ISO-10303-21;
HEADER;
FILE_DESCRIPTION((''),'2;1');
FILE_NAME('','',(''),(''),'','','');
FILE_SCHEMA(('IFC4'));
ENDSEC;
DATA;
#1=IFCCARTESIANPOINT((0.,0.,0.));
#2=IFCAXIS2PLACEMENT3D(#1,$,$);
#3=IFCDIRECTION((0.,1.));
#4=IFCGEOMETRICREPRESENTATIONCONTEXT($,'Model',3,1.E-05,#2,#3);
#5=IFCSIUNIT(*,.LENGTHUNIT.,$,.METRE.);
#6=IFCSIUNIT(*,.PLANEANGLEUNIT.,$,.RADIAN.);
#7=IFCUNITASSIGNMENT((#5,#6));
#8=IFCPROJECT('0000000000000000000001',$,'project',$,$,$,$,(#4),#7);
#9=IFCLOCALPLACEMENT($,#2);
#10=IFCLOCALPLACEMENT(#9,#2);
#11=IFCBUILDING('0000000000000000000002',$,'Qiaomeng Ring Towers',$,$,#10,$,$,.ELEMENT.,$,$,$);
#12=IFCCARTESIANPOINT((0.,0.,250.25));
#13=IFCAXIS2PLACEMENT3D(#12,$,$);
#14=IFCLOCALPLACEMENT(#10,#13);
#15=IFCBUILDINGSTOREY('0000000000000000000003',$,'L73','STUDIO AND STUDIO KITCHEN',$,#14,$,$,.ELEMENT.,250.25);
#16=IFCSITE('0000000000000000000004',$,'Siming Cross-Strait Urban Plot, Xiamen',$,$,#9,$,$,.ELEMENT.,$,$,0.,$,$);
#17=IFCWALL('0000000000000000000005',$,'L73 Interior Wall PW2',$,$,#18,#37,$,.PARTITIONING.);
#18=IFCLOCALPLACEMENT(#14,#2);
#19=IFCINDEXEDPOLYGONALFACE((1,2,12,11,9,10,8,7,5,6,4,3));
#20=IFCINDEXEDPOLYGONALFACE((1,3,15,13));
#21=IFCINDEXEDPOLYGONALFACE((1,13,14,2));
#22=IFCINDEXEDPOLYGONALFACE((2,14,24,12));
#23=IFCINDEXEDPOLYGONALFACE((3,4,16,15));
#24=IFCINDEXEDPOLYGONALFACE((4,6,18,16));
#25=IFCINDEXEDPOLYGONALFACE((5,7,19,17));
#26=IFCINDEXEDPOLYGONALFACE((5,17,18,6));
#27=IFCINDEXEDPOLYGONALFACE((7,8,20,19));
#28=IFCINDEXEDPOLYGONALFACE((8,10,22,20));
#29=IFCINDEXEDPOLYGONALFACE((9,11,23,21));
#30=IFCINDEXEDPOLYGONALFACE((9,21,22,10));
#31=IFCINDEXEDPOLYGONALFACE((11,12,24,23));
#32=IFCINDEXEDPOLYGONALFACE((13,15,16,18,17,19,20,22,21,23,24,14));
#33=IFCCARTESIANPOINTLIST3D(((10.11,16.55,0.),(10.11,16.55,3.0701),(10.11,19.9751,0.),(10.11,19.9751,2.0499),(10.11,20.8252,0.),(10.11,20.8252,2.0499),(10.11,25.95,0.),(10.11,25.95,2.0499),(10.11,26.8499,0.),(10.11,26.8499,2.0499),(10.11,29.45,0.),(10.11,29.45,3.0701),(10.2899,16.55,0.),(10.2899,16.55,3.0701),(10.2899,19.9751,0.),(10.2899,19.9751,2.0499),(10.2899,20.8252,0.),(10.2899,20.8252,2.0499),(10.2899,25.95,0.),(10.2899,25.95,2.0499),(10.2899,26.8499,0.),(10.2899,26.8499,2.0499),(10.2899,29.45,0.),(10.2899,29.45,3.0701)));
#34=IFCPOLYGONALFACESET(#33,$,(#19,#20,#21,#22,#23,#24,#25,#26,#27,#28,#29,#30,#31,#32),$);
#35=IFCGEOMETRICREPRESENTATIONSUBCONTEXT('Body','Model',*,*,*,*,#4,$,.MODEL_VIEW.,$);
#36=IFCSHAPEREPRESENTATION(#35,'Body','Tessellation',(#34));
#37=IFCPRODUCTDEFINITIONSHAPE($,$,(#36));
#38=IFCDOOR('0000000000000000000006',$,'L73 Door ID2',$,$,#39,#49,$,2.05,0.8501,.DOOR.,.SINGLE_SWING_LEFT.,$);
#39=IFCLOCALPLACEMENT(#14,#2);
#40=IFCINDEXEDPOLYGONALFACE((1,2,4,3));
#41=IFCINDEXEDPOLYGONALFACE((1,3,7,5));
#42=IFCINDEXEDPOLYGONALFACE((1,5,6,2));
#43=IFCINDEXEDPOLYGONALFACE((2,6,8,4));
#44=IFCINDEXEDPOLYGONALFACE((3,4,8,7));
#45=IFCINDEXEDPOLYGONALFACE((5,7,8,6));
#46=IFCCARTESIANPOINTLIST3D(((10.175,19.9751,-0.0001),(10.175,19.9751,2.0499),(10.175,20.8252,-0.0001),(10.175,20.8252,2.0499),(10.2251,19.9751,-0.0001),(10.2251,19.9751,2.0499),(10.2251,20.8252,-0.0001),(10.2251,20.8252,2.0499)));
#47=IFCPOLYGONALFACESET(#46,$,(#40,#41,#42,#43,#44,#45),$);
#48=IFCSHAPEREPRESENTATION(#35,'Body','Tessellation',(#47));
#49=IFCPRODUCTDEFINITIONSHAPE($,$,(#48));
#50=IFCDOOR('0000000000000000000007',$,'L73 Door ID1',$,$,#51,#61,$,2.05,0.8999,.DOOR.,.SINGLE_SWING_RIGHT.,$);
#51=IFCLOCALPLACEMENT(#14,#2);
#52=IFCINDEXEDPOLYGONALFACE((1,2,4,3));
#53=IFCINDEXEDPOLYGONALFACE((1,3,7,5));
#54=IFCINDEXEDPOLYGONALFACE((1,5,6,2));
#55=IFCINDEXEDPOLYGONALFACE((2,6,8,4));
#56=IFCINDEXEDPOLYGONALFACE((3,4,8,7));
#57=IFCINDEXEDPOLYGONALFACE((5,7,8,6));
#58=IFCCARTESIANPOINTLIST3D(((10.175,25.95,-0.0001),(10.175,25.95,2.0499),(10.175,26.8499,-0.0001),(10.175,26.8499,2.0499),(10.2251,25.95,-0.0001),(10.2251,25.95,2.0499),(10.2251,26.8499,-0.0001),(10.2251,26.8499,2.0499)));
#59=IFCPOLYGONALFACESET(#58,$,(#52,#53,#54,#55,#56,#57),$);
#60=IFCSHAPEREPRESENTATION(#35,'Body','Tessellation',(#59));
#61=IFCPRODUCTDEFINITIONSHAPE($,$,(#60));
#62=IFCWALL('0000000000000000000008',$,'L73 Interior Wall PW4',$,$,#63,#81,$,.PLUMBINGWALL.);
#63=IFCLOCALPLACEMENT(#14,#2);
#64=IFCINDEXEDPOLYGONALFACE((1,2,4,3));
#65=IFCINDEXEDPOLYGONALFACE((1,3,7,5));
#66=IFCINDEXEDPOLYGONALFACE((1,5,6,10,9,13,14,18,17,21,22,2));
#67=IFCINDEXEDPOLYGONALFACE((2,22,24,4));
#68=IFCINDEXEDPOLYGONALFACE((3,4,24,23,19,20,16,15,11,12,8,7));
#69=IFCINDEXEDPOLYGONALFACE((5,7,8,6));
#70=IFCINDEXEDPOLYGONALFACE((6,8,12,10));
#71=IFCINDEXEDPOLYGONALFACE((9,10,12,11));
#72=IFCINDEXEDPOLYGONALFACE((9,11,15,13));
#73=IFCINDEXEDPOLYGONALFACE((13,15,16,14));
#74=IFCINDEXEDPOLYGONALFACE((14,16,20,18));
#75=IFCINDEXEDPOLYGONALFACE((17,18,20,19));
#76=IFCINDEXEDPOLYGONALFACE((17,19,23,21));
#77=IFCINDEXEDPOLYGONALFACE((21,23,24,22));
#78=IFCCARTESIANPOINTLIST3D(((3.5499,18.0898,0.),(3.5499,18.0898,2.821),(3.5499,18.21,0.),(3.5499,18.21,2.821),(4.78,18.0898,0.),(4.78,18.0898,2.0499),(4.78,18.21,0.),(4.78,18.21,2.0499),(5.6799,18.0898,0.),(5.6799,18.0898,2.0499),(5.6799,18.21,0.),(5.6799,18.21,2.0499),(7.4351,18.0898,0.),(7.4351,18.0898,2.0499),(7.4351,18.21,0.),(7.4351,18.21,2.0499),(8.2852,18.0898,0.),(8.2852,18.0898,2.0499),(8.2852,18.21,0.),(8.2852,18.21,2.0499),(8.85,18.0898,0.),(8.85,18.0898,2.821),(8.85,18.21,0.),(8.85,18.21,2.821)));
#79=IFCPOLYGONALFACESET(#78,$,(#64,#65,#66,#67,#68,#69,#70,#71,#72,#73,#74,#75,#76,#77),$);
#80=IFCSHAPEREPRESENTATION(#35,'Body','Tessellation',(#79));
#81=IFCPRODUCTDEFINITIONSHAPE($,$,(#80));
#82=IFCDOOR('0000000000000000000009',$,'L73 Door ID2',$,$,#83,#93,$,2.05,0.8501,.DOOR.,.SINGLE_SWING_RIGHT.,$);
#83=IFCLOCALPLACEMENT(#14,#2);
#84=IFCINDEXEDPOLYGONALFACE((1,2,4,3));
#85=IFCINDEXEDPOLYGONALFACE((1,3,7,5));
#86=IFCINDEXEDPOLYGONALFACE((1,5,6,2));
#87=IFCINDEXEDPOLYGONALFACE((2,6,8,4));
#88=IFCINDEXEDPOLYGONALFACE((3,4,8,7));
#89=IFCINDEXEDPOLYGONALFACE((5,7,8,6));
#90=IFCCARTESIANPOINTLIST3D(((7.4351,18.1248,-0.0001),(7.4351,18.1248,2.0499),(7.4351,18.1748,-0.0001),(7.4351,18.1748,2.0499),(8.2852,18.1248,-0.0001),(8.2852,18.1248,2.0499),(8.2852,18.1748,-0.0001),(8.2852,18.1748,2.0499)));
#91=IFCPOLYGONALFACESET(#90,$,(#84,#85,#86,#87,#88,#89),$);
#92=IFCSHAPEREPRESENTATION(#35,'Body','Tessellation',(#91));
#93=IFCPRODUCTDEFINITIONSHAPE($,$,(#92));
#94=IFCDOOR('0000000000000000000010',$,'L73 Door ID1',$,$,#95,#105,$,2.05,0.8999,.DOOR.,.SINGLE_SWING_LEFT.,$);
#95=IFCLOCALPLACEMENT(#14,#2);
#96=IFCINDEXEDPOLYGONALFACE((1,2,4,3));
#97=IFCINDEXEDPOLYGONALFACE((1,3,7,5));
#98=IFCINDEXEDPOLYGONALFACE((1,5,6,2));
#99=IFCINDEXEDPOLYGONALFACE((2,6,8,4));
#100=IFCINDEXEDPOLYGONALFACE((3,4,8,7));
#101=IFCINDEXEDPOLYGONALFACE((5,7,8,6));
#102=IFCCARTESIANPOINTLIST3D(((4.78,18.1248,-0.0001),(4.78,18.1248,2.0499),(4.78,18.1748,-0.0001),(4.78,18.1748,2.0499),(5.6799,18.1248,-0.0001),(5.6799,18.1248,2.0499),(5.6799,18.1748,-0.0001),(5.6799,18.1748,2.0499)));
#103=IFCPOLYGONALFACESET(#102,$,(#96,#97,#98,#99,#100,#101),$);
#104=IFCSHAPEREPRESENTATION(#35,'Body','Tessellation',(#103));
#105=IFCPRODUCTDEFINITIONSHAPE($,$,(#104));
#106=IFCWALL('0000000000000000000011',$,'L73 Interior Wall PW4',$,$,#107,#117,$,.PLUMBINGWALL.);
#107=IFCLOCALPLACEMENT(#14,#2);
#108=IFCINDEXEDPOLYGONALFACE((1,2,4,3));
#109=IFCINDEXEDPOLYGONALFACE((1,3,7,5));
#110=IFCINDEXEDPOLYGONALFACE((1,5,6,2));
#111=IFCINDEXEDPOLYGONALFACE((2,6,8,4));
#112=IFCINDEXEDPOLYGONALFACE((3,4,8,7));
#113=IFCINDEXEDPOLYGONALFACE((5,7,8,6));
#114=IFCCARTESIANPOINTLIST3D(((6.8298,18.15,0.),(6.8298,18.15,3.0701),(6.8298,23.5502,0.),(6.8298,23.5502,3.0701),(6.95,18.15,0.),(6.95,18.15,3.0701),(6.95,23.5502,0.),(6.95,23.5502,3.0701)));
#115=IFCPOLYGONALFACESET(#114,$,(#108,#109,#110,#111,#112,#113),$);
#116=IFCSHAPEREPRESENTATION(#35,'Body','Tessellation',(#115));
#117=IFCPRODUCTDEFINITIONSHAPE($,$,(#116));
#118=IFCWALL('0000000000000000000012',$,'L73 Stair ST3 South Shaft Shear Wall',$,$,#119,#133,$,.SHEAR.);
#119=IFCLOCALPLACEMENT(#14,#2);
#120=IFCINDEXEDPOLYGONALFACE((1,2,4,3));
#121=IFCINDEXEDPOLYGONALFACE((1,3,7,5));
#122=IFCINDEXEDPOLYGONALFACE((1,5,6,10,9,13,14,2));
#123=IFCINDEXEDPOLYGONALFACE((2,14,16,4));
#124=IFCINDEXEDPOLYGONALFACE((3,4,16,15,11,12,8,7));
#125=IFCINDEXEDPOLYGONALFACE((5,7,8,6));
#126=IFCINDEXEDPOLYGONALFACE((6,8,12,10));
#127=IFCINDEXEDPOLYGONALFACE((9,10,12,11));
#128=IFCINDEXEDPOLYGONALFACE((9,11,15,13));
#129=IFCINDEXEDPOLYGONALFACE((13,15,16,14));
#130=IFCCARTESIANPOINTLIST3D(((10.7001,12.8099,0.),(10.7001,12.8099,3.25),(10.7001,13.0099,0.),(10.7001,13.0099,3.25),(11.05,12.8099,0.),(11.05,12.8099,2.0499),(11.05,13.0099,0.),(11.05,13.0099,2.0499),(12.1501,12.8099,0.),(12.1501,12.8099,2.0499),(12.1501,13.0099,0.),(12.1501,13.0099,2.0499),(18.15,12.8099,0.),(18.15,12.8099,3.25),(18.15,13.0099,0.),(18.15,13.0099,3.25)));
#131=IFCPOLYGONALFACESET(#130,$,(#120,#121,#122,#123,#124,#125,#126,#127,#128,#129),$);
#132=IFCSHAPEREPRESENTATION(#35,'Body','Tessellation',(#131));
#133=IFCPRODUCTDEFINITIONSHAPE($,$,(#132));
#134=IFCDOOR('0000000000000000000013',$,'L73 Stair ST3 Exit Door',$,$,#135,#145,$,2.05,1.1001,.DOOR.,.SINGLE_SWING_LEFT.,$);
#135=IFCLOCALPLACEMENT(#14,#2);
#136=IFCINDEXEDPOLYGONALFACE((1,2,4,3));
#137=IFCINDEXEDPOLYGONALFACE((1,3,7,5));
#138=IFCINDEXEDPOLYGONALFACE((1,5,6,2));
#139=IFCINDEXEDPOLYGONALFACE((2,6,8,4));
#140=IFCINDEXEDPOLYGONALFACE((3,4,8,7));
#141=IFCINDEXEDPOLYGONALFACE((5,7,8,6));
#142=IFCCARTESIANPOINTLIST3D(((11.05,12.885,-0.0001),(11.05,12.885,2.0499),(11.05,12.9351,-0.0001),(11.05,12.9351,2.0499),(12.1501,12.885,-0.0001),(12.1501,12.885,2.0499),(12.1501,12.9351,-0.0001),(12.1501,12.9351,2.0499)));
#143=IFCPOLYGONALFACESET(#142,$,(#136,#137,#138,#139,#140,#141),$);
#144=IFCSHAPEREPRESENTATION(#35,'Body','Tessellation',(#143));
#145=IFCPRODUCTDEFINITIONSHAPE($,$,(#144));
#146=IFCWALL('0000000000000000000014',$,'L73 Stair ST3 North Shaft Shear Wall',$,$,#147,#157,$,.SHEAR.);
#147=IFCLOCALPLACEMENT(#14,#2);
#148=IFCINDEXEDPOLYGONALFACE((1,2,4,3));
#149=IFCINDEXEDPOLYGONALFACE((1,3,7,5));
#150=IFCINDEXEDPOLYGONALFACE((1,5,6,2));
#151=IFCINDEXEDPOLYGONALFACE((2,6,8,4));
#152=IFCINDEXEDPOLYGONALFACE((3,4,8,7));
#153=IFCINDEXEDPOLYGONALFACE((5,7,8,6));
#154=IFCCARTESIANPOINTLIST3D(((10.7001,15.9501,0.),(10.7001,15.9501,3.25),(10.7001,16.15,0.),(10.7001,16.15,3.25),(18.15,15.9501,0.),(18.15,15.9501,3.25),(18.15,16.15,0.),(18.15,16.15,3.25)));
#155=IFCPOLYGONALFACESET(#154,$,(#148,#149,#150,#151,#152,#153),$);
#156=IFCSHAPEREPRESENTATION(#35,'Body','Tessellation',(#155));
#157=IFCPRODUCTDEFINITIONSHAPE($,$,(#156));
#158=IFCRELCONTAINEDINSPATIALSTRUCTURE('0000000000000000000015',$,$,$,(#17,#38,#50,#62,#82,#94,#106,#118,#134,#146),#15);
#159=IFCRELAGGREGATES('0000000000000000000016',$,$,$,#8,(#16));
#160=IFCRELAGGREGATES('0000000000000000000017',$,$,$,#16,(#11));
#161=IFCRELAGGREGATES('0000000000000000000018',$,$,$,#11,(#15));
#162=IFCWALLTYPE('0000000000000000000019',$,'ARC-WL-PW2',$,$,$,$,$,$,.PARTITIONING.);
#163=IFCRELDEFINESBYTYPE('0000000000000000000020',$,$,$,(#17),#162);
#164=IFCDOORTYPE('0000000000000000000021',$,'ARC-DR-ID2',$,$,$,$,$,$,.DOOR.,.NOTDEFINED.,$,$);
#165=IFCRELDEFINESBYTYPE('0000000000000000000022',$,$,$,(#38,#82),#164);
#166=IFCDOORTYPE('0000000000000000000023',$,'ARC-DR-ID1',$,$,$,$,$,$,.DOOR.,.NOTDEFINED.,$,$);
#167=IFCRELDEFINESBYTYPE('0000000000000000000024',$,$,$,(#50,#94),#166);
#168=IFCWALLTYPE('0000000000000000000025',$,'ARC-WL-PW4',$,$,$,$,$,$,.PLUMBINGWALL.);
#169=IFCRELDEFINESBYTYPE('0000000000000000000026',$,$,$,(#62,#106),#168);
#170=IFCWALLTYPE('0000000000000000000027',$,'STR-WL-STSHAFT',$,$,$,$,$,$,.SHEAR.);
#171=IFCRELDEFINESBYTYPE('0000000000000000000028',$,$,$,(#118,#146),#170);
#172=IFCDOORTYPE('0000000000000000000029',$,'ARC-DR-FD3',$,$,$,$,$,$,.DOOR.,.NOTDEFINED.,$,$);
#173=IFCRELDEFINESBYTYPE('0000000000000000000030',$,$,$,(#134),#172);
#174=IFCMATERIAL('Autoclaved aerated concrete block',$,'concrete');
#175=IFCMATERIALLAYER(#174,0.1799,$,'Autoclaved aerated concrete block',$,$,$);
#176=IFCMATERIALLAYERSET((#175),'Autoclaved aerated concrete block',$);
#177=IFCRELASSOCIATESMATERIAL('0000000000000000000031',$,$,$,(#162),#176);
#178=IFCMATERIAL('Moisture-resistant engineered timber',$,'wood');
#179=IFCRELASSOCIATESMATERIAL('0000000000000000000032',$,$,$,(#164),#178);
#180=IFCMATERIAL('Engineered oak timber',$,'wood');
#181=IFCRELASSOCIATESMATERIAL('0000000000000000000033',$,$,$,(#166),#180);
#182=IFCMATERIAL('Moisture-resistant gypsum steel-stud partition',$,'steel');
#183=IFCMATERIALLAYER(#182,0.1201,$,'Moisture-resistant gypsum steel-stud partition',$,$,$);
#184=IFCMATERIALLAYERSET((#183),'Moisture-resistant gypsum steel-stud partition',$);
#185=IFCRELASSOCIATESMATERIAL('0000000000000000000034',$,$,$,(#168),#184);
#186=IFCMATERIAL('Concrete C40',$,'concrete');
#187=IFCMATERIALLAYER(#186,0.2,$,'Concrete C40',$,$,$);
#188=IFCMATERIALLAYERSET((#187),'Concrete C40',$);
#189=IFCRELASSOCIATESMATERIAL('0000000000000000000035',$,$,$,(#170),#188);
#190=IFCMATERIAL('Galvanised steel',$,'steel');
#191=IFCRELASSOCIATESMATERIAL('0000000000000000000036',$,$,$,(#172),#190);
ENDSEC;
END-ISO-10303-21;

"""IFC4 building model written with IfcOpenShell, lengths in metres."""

from ifc_helpers import new_model, si_unit, direction, frame, frame_2d, origin, place, context, subcontext, project, spatial, rectangle, extrude, source, transform, mapped, material, layer, layer_set, type_object, element, fill, save


model = new_model("IFC4")

# Units and contexts
model_context = context("Model", 3, precision=1e-05, world=origin(), true_north=direction((0.0, 1.0)))
body_context = subcontext(model_context, "Body", "Model", "MODEL_VIEW")
ifc_project = project(units=[si_unit("LENGTHUNIT", "METRE"), si_unit("PLANEANGLEUNIT", "RADIAN")], contexts=[model_context])

# Site, building, storey
site_placement = place(None, origin())
site = spatial("IfcSite", under=ifc_project, at=site_placement, Name="Siming Cross-Strait Urban Plot, Xiamen", CompositionType="ELEMENT", RefElevation=0.0)
building_placement = place(site_placement, origin())
building = spatial("IfcBuilding", under=site, at=building_placement, Name="Qiaomeng Ring Towers", CompositionType="ELEMENT")
storey_placement = place(building_placement, frame((0.0, 0.0, 250.25)))
storey = spatial("IfcBuildingStorey", under=building, at=storey_placement, Name="L73", Description="STUDIO AND STUDIO KITCHEN", CompositionType="ELEMENT", Elevation=250.25)

# Shared definitions
ifc_material_1 = material(Name="Concrete C40", Category="concrete")

# Walls, openings, doors
ifc_material_2 = material(Name="Autoclaved aerated concrete block", Category="concrete")
ifc_layer_1 = layer(ifc_material_2, 0.1799, Name="Autoclaved aerated concrete block")
ifc_layer_set_1 = layer_set([ifc_layer_1], Name="Autoclaved aerated concrete block")
wall_type_1 = type_object("IfcWallType", Name="ARC-WL-PW2", PredefinedType="PARTITIONING", material=ifc_layer_set_1)
wall_1_placement = place(storey_placement, frame((10.2, 16.55, 0.0), z_axis=(0.0, 0.0, 1.0), x_axis=(0.0, 1.0, 0.0)))
wall_1 = element("IfcWall", 1, at=wall_1_placement, inside=storey, type_object=wall_type_1, Name="L73 Interior Wall PW2", PredefinedType="PARTITIONING", context=body_context, shape_type="SweptSolid", body=[
    extrude(rectangle(XDim=12.8999, YDim=0.1799, at=frame_2d((6.45, 0.0))), origin(), (0.0, 0.0, 1.0), 3.0701),
])
opening_1_placement = place(wall_1_placement, frame((3.425, 0.0, 0.0)))
opening_1 = element("IfcOpeningElement", 2, at=opening_1_placement, cuts=wall_1, PredefinedType="OPENING", context=body_context, shape_type="SweptSolid", body=[
    extrude(rectangle(XDim=0.8501, YDim=2.05, at=frame_2d((0.425, 1.0249))), frame((0.0, 0.0999, 0.0), z_axis=(0.0, -1.0, 0.0), x_axis=(1.0, 0.0, 0.0)), (0.0, 0.0, 1.0), 0.2),
])
opening_2_placement = place(wall_1_placement, frame((9.3999, 0.0, 0.0)))
opening_2 = element("IfcOpeningElement", 3, at=opening_2_placement, cuts=wall_1, PredefinedType="OPENING", context=body_context, shape_type="SweptSolid", body=[
    extrude(rectangle(XDim=0.8999, YDim=2.05, at=frame_2d((0.45, 1.0249))), frame((0.0, 0.0999, 0.0), z_axis=(0.0, -1.0, 0.0), x_axis=(1.0, 0.0, 0.0)), (0.0, 0.0, 1.0), 0.2),
])
ifc_material_3 = material(Name="Moisture-resistant engineered timber", Category="wood")
door_type_1 = type_object("IfcDoorType", Name="ARC-DR-ID2", OperationType="NOTDEFINED", PredefinedType="DOOR", material=ifc_material_3)
shared_shape_1 = source(origin(), body_context, "Body", "SweptSolid", [
    extrude(rectangle(XDim=0.8501, YDim=2.05, at=frame_2d((0.425, 1.0249))), frame((0.0, 0.0249, 0.0), z_axis=(0.0, -1.0, 0.0), x_axis=(1.0, 0.0, 0.0)), (0.0, 0.0, 1.0), 0.05),
])
door_1_placement = place(opening_1_placement, origin())
door_1 = element("IfcDoor", 4, at=door_1_placement, inside=storey, type_object=door_type_1, Name="L73 Door ID2", OperationType="SINGLE_SWING_LEFT", OverallHeight=2.05, OverallWidth=0.8501, PredefinedType="DOOR", context=body_context, shape_type="MappedRepresentation", body=[
    mapped(shared_shape_1, transform((0.0, 0.0, 0.0), x_axis=(1.0, 0.0, 0.0), y_axis=(0.0, 1.0, 0.0), z_axis=(0.0, 0.0, 1.0), scale=1.0)),
])
fill(opening_1, door_1)
ifc_material_4 = material(Name="Engineered oak timber", Category="wood")
door_type_2 = type_object("IfcDoorType", Name="ARC-DR-ID1", OperationType="NOTDEFINED", PredefinedType="DOOR", material=ifc_material_4)
shared_shape_2 = source(origin(), body_context, "Body", "SweptSolid", [
    extrude(rectangle(XDim=0.8999, YDim=2.05, at=frame_2d((0.45, 1.0249))), frame((0.0, 0.0249, 0.0), z_axis=(0.0, -1.0, 0.0), x_axis=(1.0, 0.0, 0.0)), (0.0, 0.0, 1.0), 0.05),
])
door_2_placement = place(opening_2_placement, origin())
door_2 = element("IfcDoor", 5, at=door_2_placement, inside=storey, type_object=door_type_2, Name="L73 Door ID1", OperationType="SINGLE_SWING_RIGHT", OverallHeight=2.05, OverallWidth=0.8999, PredefinedType="DOOR", context=body_context, shape_type="MappedRepresentation", body=[
    mapped(shared_shape_2, transform((0.0, 0.0, 0.0), x_axis=(1.0, 0.0, 0.0), y_axis=(0.0, 1.0, 0.0), z_axis=(0.0, 0.0, 1.0), scale=1.0)),
])
fill(opening_2, door_2)
ifc_material_5 = material(Name="Moisture-resistant gypsum steel-stud partition", Category="steel")
ifc_layer_2 = layer(ifc_material_5, 0.1201, Name="Moisture-resistant gypsum steel-stud partition")
ifc_layer_set_2 = layer_set([ifc_layer_2], Name="Moisture-resistant gypsum steel-stud partition")
wall_type_2 = type_object("IfcWallType", Name="ARC-WL-PW4", PredefinedType="PLUMBINGWALL", material=ifc_layer_set_2)
wall_2_placement = place(storey_placement, frame((3.55, 18.1499, 0.0), z_axis=(0.0, 0.0, 1.0), x_axis=(1.0, 0.0, 0.0)))
wall_2 = element("IfcWall", 6, at=wall_2_placement, inside=storey, type_object=wall_type_2, Name="L73 Interior Wall PW4", PredefinedType="PLUMBINGWALL", context=body_context, shape_type="SweptSolid", body=[
    extrude(rectangle(XDim=5.3, YDim=0.1201, at=frame_2d((2.6499, 0.0))), origin(), (0.0, 0.0, 1.0), 2.821),
])
opening_3_placement = place(wall_2_placement, frame((1.23, 0.0, 0.0)))
opening_3 = element("IfcOpeningElement", 7, at=opening_3_placement, cuts=wall_2, PredefinedType="OPENING", context=body_context, shape_type="SweptSolid", body=[
    extrude(rectangle(XDim=0.8999, YDim=2.05, at=frame_2d((0.45, 1.0249))), frame((0.0, 0.0701, 0.0), z_axis=(0.0, -1.0, 0.0), x_axis=(1.0, 0.0, 0.0)), (0.0, 0.0, 1.0), 0.1401),
])
opening_4_placement = place(wall_2_placement, frame((3.885, 0.0, 0.0)))
opening_4 = element("IfcOpeningElement", 8, at=opening_4_placement, cuts=wall_2, PredefinedType="OPENING", context=body_context, shape_type="SweptSolid", body=[
    extrude(rectangle(XDim=0.8501, YDim=2.05, at=frame_2d((0.425, 1.0249))), frame((0.0, 0.0701, 0.0), z_axis=(0.0, -1.0, 0.0), x_axis=(1.0, 0.0, 0.0)), (0.0, 0.0, 1.0), 0.1401),
])
door_3_placement = place(opening_4_placement, origin())
door_3 = element("IfcDoor", 9, at=door_3_placement, inside=storey, type_object=door_type_1, Name="L73 Door ID2", OperationType="SINGLE_SWING_RIGHT", OverallHeight=2.05, OverallWidth=0.8501, PredefinedType="DOOR", context=body_context, shape_type="MappedRepresentation", body=[
    mapped(shared_shape_1, transform((0.0, 0.0, 0.0), x_axis=(1.0, 0.0, 0.0), y_axis=(0.0, 1.0, 0.0), z_axis=(0.0, 0.0, 1.0), scale=1.0)),
])
fill(opening_4, door_3)
door_4_placement = place(opening_3_placement, origin())
door_4 = element("IfcDoor", 10, at=door_4_placement, inside=storey, type_object=door_type_2, Name="L73 Door ID1", OperationType="SINGLE_SWING_LEFT", OverallHeight=2.05, OverallWidth=0.8999, PredefinedType="DOOR", context=body_context, shape_type="MappedRepresentation", body=[
    mapped(shared_shape_2, transform((0.0, 0.0, 0.0), x_axis=(1.0, 0.0, 0.0), y_axis=(0.0, 1.0, 0.0), z_axis=(0.0, 0.0, 1.0), scale=1.0)),
])
fill(opening_3, door_4)

# Wall
wall_3_placement = place(storey_placement, frame((6.8899, 18.1499, 0.0), z_axis=(0.0, 0.0, 1.0), x_axis=(0.0, 1.0, 0.0)))
element("IfcWall", 11, at=wall_3_placement, inside=storey, type_object=wall_type_2, Name="L73 Interior Wall PW4", PredefinedType="PLUMBINGWALL", context=body_context, shape_type="SweptSolid", body=[
    extrude(rectangle(XDim=5.4001, YDim=0.1201, at=frame_2d((2.7002, 0.0))), origin(), (0.0, 0.0, 1.0), 3.0701),
])

# Wall, opening, door
ifc_layer_3 = layer(ifc_material_1, 0.2, Name="Concrete C40")
ifc_layer_set_3 = layer_set([ifc_layer_3], Name="Concrete C40")
wall_type_3 = type_object("IfcWallType", Name="STR-WL-STSHAFT", PredefinedType="SHEAR", material=ifc_layer_set_3)
wall_4_placement = place(storey_placement, frame((10.7, 12.9099, 0.0), z_axis=(0.0, 0.0, 1.0), x_axis=(1.0, 0.0, 0.0)))
wall_4 = element("IfcWall", 12, at=wall_4_placement, inside=storey, type_object=wall_type_3, Name="L73 Stair ST3 South Shaft Shear Wall", PredefinedType="SHEAR", context=body_context, shape_type="SweptSolid", body=[
    extrude(rectangle(XDim=7.45, YDim=0.2, at=frame_2d((3.7251, 0.0))), origin(), (0.0, 0.0, 1.0), 3.25),
])
opening_5_placement = place(wall_4_placement, frame((0.3501, 0.0, 0.0)))
opening_5 = element("IfcOpeningElement", 13, at=opening_5_placement, cuts=wall_4, PredefinedType="OPENING", context=body_context, shape_type="SweptSolid", body=[
    extrude(rectangle(XDim=1.1001, YDim=2.05, at=frame_2d((0.55, 1.0249))), frame((0.0, 0.1099, 0.0), z_axis=(0.0, -1.0, 0.0), x_axis=(1.0, 0.0, 0.0)), (0.0, 0.0, 1.0), 0.22),
])
ifc_material_6 = material(Name="Galvanised steel", Category="steel")
door_type_3 = type_object("IfcDoorType", Name="ARC-DR-FD3", OperationType="NOTDEFINED", PredefinedType="DOOR", material=ifc_material_6)
shared_shape_3 = source(origin(), body_context, "Body", "SweptSolid", [
    extrude(rectangle(XDim=1.1001, YDim=2.05, at=frame_2d((0.55, 1.0249))), frame((0.0, 0.0249, 0.0), z_axis=(0.0, -1.0, 0.0), x_axis=(1.0, 0.0, 0.0)), (0.0, 0.0, 1.0), 0.05),
])
door_5_placement = place(opening_5_placement, frame((1.1001, 0.0, 0.0), z_axis=(0.0, 0.0, 1.0), x_axis=(-1.0, 0.0, 0.0)))
door_5 = element("IfcDoor", 14, at=door_5_placement, inside=storey, type_object=door_type_3, Name="L73 Stair ST3 Exit Door", OperationType="SINGLE_SWING_LEFT", OverallHeight=2.05, OverallWidth=1.1001, PredefinedType="DOOR", context=body_context, shape_type="MappedRepresentation", body=[
    mapped(shared_shape_3, transform((0.0, 0.0, 0.0), x_axis=(1.0, 0.0, 0.0), y_axis=(0.0, 1.0, 0.0), z_axis=(0.0, 0.0, 1.0), scale=1.0)),
])
fill(opening_5, door_5)

# Wall
wall_5_placement = place(storey_placement, frame((10.7, 16.05, 0.0), z_axis=(0.0, 0.0, 1.0), x_axis=(1.0, 0.0, 0.0)))
element("IfcWall", 15, at=wall_5_placement, inside=storey, type_object=wall_type_3, Name="L73 Stair ST3 North Shaft Shear Wall", PredefinedType="SHEAR", context=body_context, shape_type="SweptSolid", body=[
    extrude(rectangle(XDim=7.45, YDim=0.2, at=frame_2d((3.7251, 0.0))), origin(), (0.0, 0.0, 1.0), 3.25),
])

save(model, "model.ifc")
